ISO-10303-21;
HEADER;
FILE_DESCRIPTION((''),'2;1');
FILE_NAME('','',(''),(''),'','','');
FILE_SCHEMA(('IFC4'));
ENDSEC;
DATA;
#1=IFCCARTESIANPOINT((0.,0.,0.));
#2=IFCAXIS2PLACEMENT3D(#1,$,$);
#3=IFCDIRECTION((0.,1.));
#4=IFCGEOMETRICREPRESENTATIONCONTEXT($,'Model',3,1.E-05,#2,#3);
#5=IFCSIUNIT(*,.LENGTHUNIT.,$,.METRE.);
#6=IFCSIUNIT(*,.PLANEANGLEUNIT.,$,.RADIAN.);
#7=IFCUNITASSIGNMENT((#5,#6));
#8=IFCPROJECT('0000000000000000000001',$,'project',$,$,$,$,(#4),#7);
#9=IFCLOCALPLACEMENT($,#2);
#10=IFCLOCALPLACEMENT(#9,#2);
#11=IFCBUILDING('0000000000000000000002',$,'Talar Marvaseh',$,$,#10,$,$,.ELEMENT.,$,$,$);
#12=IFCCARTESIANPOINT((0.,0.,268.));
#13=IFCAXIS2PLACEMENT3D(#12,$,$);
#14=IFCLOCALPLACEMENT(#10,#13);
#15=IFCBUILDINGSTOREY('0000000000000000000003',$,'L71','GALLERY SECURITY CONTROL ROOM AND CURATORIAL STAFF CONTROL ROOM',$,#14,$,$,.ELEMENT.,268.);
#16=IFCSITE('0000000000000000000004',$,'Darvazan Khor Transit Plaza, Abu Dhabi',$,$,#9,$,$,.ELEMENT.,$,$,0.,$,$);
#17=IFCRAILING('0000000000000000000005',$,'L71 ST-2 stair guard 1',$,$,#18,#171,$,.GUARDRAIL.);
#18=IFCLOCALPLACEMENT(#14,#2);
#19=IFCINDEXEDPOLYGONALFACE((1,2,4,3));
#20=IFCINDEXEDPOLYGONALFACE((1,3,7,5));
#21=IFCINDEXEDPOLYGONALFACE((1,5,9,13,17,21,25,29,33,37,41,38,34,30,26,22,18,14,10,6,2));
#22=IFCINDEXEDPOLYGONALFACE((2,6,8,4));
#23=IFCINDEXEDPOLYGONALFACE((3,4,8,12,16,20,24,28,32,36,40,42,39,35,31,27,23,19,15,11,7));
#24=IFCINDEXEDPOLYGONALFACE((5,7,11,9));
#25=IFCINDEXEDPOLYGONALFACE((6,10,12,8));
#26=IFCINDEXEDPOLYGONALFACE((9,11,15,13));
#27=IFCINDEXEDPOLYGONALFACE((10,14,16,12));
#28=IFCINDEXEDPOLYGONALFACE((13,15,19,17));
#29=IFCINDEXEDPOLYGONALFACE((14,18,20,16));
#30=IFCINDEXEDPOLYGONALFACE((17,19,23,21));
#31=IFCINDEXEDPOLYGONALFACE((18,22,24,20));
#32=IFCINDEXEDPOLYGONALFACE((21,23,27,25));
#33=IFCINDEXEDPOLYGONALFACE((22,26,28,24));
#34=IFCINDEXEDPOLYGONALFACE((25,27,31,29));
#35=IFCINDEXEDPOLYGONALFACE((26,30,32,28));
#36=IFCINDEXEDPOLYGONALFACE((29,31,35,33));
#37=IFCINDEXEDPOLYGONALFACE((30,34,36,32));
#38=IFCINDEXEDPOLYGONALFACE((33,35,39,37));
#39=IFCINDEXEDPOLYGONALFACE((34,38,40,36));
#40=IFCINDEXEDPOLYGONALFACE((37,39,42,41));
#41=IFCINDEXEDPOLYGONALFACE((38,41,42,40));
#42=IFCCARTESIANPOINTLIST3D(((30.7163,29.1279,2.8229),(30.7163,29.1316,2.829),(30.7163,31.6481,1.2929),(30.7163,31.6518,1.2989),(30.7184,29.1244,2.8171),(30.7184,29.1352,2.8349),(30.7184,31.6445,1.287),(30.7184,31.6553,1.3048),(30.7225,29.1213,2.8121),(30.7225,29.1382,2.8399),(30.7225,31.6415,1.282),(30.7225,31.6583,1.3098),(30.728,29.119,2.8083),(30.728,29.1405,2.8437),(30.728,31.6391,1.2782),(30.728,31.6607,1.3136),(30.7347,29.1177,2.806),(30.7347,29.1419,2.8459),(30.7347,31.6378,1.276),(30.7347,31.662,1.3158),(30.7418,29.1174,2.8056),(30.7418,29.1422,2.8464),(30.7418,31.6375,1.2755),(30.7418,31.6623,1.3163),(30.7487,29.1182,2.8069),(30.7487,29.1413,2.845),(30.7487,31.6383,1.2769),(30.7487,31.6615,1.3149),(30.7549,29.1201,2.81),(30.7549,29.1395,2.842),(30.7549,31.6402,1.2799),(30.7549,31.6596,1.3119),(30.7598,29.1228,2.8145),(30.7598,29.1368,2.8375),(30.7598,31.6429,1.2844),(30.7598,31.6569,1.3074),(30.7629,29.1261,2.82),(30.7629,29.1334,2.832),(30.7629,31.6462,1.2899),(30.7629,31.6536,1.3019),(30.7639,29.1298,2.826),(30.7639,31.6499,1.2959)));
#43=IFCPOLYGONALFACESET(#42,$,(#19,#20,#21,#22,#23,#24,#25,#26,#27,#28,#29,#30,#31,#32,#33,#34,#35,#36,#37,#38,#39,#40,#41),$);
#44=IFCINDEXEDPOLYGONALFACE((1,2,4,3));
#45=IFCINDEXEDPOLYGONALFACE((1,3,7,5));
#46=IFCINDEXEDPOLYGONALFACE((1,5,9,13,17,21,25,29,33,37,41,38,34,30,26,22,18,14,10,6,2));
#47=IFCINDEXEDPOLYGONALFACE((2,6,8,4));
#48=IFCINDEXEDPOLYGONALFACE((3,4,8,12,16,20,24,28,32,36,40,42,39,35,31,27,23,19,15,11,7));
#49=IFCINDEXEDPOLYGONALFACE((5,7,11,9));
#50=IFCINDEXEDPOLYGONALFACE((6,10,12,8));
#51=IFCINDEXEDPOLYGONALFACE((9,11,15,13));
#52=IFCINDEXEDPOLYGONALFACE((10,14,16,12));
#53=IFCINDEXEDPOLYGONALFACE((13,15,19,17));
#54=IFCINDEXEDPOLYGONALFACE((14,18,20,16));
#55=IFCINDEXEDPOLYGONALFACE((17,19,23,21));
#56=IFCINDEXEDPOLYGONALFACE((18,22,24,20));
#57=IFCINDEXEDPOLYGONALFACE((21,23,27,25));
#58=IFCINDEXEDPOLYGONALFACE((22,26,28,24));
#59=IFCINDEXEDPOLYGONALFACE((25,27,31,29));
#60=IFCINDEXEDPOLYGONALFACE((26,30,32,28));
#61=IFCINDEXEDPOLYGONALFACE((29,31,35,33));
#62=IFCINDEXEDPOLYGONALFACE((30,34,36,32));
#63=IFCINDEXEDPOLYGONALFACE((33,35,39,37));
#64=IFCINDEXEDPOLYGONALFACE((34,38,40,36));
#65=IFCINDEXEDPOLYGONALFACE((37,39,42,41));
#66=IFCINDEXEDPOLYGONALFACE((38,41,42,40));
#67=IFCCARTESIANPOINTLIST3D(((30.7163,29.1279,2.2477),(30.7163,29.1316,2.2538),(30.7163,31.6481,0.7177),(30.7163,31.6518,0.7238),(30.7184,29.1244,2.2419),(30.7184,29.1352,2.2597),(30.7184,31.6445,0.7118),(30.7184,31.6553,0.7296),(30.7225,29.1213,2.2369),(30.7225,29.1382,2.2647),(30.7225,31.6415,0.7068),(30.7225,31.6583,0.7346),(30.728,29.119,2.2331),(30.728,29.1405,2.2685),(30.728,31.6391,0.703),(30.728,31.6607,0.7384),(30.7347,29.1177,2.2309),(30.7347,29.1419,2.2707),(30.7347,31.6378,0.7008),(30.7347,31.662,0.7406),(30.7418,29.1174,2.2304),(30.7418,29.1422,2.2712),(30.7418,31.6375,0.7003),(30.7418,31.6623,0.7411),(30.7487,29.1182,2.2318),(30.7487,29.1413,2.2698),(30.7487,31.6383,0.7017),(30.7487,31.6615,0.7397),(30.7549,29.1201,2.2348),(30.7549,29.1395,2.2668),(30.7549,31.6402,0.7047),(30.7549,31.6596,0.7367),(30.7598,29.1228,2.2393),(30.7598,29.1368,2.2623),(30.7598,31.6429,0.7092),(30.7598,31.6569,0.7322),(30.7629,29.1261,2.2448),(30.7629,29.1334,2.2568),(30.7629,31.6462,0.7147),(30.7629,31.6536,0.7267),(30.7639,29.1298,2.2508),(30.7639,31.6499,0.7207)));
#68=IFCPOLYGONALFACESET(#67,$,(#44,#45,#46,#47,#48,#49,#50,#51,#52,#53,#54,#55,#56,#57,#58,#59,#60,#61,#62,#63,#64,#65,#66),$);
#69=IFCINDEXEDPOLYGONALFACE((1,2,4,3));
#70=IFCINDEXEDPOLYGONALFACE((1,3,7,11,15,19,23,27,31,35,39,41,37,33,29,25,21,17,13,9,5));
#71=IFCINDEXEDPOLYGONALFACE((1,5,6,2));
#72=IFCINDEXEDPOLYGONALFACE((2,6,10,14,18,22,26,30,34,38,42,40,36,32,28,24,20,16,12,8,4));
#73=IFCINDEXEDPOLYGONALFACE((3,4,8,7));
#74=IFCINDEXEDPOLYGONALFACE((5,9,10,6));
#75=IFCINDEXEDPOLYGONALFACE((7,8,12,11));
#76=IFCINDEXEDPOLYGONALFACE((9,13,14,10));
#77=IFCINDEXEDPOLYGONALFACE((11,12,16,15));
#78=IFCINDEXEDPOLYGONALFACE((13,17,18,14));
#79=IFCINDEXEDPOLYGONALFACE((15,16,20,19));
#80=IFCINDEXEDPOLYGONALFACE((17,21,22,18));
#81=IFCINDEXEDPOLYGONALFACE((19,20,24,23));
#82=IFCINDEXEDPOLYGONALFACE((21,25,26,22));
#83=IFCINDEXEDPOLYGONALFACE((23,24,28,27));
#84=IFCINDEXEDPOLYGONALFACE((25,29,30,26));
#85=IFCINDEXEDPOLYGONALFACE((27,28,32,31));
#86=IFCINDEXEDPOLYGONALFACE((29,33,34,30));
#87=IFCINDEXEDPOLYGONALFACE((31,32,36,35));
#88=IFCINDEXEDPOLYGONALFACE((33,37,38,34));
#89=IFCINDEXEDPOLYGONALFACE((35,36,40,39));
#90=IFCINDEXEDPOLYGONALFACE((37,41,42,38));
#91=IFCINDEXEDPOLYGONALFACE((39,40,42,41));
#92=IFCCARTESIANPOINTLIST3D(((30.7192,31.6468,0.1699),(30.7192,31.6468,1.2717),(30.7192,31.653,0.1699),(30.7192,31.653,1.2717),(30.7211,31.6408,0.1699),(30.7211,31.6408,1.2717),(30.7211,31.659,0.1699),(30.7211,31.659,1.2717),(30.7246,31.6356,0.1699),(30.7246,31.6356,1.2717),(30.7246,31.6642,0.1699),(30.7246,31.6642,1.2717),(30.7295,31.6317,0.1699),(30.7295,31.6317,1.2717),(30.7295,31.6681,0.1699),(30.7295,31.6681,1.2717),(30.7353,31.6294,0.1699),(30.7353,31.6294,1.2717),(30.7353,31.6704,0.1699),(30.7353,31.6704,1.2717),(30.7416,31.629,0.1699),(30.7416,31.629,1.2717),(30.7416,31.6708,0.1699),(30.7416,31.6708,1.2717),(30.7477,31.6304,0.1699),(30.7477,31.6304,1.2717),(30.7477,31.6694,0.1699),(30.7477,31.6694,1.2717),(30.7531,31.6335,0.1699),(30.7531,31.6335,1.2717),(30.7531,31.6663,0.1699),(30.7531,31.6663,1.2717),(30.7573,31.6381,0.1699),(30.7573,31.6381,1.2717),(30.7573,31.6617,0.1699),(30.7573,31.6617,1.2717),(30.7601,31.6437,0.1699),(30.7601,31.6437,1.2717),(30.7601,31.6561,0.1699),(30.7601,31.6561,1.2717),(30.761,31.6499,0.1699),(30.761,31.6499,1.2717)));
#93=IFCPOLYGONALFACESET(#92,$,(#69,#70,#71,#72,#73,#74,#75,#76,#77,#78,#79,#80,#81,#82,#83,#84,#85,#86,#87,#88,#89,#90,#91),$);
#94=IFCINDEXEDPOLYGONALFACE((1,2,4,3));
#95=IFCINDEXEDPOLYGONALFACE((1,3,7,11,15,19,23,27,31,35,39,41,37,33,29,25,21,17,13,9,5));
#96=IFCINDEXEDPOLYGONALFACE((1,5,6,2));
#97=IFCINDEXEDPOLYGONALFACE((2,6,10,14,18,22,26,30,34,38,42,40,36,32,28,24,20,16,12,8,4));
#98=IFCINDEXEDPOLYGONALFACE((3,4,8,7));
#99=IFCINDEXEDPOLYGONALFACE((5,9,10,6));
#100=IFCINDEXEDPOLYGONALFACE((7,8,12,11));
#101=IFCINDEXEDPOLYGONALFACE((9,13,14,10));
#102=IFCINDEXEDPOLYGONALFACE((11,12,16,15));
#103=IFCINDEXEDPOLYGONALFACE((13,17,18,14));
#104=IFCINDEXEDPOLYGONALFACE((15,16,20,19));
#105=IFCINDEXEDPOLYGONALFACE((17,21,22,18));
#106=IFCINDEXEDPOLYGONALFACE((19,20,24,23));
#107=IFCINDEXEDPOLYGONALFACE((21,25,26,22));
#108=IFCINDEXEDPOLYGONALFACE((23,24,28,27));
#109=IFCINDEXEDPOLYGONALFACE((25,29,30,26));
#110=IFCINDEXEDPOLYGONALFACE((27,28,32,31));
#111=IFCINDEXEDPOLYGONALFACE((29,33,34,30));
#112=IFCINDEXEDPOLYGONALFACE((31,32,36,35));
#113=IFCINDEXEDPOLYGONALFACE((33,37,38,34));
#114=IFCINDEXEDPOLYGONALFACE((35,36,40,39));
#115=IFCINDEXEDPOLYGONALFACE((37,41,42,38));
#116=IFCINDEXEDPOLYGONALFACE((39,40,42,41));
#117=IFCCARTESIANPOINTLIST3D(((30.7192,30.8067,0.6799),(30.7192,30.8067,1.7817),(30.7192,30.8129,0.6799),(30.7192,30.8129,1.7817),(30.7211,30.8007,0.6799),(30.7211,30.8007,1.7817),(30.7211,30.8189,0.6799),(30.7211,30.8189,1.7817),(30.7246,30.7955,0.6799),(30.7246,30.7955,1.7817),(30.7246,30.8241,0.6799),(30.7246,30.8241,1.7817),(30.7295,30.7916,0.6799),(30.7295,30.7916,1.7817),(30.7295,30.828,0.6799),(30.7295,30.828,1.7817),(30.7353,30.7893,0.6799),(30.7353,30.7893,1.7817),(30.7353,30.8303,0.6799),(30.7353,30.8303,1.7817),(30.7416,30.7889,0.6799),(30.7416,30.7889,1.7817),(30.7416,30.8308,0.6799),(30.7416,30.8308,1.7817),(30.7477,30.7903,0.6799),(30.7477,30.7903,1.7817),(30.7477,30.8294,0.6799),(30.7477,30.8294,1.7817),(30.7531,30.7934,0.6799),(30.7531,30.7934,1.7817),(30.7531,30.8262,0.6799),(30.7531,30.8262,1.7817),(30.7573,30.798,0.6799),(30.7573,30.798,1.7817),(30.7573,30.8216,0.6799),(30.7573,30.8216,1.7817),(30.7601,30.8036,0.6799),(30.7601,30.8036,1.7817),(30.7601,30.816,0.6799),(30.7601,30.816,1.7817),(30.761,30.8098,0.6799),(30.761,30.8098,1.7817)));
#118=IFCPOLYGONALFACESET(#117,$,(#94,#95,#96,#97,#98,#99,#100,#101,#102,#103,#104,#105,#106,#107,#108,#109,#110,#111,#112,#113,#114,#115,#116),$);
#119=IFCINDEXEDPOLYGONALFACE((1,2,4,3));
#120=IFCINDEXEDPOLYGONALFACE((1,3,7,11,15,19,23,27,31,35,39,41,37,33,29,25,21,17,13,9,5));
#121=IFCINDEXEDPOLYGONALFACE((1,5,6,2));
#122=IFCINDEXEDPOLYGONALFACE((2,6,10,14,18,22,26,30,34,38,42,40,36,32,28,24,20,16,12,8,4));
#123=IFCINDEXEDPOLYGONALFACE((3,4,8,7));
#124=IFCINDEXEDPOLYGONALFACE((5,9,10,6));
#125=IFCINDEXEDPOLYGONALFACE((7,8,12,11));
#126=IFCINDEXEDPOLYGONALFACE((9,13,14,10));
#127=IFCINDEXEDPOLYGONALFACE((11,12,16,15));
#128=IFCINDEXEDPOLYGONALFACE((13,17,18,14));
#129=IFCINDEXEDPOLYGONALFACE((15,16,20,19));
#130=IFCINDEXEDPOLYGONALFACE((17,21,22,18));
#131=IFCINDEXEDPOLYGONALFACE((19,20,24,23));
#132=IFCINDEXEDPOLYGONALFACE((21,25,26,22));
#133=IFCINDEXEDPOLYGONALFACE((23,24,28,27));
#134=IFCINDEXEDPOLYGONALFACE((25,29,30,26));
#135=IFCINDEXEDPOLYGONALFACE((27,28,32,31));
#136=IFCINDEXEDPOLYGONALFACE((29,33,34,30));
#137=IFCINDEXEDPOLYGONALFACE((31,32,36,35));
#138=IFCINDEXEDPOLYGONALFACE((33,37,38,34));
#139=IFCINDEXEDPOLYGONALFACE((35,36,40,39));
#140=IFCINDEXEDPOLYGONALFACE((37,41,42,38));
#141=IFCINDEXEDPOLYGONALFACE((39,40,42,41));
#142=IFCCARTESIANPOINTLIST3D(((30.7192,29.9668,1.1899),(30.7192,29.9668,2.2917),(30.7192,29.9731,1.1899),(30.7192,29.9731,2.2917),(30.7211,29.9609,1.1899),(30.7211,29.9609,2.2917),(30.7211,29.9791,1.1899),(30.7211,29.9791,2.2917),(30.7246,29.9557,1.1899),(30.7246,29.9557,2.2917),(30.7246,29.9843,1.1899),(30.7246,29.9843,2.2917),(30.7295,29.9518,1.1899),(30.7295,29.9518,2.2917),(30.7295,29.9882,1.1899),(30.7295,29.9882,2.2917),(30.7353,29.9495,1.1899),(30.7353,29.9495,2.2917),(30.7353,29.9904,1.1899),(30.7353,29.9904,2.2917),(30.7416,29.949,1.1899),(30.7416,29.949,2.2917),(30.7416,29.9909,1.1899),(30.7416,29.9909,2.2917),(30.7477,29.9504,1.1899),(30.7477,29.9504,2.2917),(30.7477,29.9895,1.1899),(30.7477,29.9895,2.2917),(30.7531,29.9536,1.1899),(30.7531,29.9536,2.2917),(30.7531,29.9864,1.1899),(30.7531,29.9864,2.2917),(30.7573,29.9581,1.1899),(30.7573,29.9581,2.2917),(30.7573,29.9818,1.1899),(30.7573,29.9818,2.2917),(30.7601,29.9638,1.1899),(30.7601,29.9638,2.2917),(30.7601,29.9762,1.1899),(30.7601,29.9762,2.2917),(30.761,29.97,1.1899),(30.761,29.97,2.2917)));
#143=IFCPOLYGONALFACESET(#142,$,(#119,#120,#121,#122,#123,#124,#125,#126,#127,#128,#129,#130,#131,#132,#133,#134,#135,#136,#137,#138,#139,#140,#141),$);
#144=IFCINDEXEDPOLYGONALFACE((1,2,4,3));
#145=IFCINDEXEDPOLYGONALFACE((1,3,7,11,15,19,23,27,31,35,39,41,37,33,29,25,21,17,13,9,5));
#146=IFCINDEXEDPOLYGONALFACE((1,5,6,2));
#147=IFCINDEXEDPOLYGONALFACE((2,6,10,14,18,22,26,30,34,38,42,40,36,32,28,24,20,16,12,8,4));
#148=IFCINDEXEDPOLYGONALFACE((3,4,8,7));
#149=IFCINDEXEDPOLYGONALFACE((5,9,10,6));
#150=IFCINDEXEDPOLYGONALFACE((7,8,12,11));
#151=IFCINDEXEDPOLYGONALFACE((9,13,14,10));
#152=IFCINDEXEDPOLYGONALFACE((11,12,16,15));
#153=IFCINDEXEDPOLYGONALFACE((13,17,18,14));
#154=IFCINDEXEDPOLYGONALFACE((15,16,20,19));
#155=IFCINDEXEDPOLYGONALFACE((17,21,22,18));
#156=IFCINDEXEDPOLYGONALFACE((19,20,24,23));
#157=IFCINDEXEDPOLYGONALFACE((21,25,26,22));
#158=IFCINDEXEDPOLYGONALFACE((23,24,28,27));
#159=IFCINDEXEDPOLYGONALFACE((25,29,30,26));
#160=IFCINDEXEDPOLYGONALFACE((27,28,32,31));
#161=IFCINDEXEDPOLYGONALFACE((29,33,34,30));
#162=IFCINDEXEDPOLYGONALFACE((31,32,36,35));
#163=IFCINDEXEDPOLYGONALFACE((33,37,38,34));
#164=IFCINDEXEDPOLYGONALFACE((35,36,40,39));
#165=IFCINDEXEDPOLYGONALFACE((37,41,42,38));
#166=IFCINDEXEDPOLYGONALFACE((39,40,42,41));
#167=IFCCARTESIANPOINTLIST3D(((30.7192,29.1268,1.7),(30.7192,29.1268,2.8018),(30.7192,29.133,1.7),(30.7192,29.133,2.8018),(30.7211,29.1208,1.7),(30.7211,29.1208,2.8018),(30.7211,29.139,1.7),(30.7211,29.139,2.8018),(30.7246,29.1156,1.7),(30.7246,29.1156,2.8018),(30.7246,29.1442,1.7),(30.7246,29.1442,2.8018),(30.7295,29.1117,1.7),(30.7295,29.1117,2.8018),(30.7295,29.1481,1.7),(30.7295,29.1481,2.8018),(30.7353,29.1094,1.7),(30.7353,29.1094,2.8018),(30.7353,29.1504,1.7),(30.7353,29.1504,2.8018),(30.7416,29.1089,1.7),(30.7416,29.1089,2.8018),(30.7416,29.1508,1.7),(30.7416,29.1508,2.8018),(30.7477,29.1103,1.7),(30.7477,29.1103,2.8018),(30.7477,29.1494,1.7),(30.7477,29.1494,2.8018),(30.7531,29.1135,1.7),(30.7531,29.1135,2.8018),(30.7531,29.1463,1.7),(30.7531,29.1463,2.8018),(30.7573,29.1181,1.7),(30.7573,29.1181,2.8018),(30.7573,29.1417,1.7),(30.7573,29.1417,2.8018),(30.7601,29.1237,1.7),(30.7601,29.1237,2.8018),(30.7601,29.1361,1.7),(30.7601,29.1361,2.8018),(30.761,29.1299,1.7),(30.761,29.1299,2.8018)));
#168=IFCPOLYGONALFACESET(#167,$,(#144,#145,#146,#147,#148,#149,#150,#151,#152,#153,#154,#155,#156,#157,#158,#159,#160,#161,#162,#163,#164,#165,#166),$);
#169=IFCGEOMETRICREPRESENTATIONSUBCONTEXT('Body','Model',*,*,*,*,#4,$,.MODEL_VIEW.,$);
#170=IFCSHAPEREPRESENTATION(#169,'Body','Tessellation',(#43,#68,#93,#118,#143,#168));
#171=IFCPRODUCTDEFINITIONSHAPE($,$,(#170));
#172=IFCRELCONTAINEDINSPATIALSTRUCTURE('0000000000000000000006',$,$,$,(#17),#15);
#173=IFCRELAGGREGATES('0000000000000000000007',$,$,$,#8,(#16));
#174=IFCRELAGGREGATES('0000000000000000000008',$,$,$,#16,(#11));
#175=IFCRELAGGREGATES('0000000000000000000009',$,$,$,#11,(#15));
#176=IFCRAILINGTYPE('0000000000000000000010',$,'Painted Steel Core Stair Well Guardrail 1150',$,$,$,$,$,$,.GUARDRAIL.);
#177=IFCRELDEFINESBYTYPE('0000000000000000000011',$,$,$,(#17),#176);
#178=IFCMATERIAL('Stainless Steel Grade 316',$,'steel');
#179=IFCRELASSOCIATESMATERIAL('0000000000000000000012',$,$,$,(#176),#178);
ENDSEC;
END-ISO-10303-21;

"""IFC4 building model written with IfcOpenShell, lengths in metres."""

from ifc_helpers import new_model, si_unit, direction, frame, origin, origin_2d, place, context, subcontext, project, spatial, circle, extrude, material, type_object, element, save


model = new_model("IFC4")

# Units and contexts
model_context = context("Model", 3, precision=1e-05, world=origin(), true_north=direction((0.0, 1.0)))
body_context = subcontext(model_context, "Body", "Model", "MODEL_VIEW")
ifc_project = project(units=[si_unit("LENGTHUNIT", "METRE"), si_unit("PLANEANGLEUNIT", "RADIAN")], contexts=[model_context])

# Site, building, storey
site_placement = place(None, origin())
site = spatial("IfcSite", under=ifc_project, at=site_placement, Name="Darvazan Khor Transit Plaza, Abu Dhabi", CompositionType="ELEMENT", RefElevation=0.0)
building_placement = place(site_placement, origin())
building = spatial("IfcBuilding", under=site, at=building_placement, Name="Talar Marvaseh", CompositionType="ELEMENT")
storey_placement = place(building_placement, frame((0.0, 0.0, 268.0)))
storey = spatial("IfcBuildingStorey", under=building, at=storey_placement, Name="L71", Description="GALLERY SECURITY CONTROL ROOM AND CURATORIAL STAFF CONTROL ROOM", CompositionType="ELEMENT", Elevation=268.0)

# Shared definitions
ifc_material_1 = material(Name="Stainless Steel Grade 316", Category="steel")

# Railing
railing_type_1 = type_object("IfcRailingType", Name="Painted Steel Core Stair Well Guardrail 1150", PredefinedType="GUARDRAIL", material=ifc_material_1)
railing_1_placement = place(storey_placement, frame((30.74, 31.6499, 0.1699)))
element("IfcRailing", 1, at=railing_1_placement, inside=storey, type_object=railing_type_1, Name="L71 ST-2 stair guard 1", PredefinedType="GUARDRAIL", context=body_context, shape_type="SweptSolid", body=[
    extrude(circle(Radius=0.0239, at=origin_2d()), frame((0.0, 0.0, 1.126), z_axis=(0.0, -0.854785, 0.518982), x_axis=(1.0, 0.0, 0.0)), (0.0, 0.0, 1.0), 2.9482),
    extrude(circle(Radius=0.0239, at=origin_2d()), frame((0.0, 0.0, 0.5508), z_axis=(0.0, -0.854785, 0.518982), x_axis=(1.0, 0.0, 0.0)), (0.0, 0.0, 1.0), 2.9482),
    extrude(circle(Radius=0.021, at=origin_2d()), origin(), (0.0, 0.0, 1.0), 1.1018),
    extrude(circle(Radius=0.021, at=origin_2d()), frame((0.0, -0.8401, 0.51)), (0.0, 0.0, 1.0), 1.1018),
    extrude(circle(Radius=0.021, at=origin_2d()), frame((0.0, -1.6799, 1.02)), (0.0, 0.0, 1.0), 1.1018),
    extrude(circle(Radius=0.021, at=origin_2d()), frame((0.0, -2.52, 1.53)), (0.0, 0.0, 1.0), 1.1018),
])

save(model, "model.ifc")
